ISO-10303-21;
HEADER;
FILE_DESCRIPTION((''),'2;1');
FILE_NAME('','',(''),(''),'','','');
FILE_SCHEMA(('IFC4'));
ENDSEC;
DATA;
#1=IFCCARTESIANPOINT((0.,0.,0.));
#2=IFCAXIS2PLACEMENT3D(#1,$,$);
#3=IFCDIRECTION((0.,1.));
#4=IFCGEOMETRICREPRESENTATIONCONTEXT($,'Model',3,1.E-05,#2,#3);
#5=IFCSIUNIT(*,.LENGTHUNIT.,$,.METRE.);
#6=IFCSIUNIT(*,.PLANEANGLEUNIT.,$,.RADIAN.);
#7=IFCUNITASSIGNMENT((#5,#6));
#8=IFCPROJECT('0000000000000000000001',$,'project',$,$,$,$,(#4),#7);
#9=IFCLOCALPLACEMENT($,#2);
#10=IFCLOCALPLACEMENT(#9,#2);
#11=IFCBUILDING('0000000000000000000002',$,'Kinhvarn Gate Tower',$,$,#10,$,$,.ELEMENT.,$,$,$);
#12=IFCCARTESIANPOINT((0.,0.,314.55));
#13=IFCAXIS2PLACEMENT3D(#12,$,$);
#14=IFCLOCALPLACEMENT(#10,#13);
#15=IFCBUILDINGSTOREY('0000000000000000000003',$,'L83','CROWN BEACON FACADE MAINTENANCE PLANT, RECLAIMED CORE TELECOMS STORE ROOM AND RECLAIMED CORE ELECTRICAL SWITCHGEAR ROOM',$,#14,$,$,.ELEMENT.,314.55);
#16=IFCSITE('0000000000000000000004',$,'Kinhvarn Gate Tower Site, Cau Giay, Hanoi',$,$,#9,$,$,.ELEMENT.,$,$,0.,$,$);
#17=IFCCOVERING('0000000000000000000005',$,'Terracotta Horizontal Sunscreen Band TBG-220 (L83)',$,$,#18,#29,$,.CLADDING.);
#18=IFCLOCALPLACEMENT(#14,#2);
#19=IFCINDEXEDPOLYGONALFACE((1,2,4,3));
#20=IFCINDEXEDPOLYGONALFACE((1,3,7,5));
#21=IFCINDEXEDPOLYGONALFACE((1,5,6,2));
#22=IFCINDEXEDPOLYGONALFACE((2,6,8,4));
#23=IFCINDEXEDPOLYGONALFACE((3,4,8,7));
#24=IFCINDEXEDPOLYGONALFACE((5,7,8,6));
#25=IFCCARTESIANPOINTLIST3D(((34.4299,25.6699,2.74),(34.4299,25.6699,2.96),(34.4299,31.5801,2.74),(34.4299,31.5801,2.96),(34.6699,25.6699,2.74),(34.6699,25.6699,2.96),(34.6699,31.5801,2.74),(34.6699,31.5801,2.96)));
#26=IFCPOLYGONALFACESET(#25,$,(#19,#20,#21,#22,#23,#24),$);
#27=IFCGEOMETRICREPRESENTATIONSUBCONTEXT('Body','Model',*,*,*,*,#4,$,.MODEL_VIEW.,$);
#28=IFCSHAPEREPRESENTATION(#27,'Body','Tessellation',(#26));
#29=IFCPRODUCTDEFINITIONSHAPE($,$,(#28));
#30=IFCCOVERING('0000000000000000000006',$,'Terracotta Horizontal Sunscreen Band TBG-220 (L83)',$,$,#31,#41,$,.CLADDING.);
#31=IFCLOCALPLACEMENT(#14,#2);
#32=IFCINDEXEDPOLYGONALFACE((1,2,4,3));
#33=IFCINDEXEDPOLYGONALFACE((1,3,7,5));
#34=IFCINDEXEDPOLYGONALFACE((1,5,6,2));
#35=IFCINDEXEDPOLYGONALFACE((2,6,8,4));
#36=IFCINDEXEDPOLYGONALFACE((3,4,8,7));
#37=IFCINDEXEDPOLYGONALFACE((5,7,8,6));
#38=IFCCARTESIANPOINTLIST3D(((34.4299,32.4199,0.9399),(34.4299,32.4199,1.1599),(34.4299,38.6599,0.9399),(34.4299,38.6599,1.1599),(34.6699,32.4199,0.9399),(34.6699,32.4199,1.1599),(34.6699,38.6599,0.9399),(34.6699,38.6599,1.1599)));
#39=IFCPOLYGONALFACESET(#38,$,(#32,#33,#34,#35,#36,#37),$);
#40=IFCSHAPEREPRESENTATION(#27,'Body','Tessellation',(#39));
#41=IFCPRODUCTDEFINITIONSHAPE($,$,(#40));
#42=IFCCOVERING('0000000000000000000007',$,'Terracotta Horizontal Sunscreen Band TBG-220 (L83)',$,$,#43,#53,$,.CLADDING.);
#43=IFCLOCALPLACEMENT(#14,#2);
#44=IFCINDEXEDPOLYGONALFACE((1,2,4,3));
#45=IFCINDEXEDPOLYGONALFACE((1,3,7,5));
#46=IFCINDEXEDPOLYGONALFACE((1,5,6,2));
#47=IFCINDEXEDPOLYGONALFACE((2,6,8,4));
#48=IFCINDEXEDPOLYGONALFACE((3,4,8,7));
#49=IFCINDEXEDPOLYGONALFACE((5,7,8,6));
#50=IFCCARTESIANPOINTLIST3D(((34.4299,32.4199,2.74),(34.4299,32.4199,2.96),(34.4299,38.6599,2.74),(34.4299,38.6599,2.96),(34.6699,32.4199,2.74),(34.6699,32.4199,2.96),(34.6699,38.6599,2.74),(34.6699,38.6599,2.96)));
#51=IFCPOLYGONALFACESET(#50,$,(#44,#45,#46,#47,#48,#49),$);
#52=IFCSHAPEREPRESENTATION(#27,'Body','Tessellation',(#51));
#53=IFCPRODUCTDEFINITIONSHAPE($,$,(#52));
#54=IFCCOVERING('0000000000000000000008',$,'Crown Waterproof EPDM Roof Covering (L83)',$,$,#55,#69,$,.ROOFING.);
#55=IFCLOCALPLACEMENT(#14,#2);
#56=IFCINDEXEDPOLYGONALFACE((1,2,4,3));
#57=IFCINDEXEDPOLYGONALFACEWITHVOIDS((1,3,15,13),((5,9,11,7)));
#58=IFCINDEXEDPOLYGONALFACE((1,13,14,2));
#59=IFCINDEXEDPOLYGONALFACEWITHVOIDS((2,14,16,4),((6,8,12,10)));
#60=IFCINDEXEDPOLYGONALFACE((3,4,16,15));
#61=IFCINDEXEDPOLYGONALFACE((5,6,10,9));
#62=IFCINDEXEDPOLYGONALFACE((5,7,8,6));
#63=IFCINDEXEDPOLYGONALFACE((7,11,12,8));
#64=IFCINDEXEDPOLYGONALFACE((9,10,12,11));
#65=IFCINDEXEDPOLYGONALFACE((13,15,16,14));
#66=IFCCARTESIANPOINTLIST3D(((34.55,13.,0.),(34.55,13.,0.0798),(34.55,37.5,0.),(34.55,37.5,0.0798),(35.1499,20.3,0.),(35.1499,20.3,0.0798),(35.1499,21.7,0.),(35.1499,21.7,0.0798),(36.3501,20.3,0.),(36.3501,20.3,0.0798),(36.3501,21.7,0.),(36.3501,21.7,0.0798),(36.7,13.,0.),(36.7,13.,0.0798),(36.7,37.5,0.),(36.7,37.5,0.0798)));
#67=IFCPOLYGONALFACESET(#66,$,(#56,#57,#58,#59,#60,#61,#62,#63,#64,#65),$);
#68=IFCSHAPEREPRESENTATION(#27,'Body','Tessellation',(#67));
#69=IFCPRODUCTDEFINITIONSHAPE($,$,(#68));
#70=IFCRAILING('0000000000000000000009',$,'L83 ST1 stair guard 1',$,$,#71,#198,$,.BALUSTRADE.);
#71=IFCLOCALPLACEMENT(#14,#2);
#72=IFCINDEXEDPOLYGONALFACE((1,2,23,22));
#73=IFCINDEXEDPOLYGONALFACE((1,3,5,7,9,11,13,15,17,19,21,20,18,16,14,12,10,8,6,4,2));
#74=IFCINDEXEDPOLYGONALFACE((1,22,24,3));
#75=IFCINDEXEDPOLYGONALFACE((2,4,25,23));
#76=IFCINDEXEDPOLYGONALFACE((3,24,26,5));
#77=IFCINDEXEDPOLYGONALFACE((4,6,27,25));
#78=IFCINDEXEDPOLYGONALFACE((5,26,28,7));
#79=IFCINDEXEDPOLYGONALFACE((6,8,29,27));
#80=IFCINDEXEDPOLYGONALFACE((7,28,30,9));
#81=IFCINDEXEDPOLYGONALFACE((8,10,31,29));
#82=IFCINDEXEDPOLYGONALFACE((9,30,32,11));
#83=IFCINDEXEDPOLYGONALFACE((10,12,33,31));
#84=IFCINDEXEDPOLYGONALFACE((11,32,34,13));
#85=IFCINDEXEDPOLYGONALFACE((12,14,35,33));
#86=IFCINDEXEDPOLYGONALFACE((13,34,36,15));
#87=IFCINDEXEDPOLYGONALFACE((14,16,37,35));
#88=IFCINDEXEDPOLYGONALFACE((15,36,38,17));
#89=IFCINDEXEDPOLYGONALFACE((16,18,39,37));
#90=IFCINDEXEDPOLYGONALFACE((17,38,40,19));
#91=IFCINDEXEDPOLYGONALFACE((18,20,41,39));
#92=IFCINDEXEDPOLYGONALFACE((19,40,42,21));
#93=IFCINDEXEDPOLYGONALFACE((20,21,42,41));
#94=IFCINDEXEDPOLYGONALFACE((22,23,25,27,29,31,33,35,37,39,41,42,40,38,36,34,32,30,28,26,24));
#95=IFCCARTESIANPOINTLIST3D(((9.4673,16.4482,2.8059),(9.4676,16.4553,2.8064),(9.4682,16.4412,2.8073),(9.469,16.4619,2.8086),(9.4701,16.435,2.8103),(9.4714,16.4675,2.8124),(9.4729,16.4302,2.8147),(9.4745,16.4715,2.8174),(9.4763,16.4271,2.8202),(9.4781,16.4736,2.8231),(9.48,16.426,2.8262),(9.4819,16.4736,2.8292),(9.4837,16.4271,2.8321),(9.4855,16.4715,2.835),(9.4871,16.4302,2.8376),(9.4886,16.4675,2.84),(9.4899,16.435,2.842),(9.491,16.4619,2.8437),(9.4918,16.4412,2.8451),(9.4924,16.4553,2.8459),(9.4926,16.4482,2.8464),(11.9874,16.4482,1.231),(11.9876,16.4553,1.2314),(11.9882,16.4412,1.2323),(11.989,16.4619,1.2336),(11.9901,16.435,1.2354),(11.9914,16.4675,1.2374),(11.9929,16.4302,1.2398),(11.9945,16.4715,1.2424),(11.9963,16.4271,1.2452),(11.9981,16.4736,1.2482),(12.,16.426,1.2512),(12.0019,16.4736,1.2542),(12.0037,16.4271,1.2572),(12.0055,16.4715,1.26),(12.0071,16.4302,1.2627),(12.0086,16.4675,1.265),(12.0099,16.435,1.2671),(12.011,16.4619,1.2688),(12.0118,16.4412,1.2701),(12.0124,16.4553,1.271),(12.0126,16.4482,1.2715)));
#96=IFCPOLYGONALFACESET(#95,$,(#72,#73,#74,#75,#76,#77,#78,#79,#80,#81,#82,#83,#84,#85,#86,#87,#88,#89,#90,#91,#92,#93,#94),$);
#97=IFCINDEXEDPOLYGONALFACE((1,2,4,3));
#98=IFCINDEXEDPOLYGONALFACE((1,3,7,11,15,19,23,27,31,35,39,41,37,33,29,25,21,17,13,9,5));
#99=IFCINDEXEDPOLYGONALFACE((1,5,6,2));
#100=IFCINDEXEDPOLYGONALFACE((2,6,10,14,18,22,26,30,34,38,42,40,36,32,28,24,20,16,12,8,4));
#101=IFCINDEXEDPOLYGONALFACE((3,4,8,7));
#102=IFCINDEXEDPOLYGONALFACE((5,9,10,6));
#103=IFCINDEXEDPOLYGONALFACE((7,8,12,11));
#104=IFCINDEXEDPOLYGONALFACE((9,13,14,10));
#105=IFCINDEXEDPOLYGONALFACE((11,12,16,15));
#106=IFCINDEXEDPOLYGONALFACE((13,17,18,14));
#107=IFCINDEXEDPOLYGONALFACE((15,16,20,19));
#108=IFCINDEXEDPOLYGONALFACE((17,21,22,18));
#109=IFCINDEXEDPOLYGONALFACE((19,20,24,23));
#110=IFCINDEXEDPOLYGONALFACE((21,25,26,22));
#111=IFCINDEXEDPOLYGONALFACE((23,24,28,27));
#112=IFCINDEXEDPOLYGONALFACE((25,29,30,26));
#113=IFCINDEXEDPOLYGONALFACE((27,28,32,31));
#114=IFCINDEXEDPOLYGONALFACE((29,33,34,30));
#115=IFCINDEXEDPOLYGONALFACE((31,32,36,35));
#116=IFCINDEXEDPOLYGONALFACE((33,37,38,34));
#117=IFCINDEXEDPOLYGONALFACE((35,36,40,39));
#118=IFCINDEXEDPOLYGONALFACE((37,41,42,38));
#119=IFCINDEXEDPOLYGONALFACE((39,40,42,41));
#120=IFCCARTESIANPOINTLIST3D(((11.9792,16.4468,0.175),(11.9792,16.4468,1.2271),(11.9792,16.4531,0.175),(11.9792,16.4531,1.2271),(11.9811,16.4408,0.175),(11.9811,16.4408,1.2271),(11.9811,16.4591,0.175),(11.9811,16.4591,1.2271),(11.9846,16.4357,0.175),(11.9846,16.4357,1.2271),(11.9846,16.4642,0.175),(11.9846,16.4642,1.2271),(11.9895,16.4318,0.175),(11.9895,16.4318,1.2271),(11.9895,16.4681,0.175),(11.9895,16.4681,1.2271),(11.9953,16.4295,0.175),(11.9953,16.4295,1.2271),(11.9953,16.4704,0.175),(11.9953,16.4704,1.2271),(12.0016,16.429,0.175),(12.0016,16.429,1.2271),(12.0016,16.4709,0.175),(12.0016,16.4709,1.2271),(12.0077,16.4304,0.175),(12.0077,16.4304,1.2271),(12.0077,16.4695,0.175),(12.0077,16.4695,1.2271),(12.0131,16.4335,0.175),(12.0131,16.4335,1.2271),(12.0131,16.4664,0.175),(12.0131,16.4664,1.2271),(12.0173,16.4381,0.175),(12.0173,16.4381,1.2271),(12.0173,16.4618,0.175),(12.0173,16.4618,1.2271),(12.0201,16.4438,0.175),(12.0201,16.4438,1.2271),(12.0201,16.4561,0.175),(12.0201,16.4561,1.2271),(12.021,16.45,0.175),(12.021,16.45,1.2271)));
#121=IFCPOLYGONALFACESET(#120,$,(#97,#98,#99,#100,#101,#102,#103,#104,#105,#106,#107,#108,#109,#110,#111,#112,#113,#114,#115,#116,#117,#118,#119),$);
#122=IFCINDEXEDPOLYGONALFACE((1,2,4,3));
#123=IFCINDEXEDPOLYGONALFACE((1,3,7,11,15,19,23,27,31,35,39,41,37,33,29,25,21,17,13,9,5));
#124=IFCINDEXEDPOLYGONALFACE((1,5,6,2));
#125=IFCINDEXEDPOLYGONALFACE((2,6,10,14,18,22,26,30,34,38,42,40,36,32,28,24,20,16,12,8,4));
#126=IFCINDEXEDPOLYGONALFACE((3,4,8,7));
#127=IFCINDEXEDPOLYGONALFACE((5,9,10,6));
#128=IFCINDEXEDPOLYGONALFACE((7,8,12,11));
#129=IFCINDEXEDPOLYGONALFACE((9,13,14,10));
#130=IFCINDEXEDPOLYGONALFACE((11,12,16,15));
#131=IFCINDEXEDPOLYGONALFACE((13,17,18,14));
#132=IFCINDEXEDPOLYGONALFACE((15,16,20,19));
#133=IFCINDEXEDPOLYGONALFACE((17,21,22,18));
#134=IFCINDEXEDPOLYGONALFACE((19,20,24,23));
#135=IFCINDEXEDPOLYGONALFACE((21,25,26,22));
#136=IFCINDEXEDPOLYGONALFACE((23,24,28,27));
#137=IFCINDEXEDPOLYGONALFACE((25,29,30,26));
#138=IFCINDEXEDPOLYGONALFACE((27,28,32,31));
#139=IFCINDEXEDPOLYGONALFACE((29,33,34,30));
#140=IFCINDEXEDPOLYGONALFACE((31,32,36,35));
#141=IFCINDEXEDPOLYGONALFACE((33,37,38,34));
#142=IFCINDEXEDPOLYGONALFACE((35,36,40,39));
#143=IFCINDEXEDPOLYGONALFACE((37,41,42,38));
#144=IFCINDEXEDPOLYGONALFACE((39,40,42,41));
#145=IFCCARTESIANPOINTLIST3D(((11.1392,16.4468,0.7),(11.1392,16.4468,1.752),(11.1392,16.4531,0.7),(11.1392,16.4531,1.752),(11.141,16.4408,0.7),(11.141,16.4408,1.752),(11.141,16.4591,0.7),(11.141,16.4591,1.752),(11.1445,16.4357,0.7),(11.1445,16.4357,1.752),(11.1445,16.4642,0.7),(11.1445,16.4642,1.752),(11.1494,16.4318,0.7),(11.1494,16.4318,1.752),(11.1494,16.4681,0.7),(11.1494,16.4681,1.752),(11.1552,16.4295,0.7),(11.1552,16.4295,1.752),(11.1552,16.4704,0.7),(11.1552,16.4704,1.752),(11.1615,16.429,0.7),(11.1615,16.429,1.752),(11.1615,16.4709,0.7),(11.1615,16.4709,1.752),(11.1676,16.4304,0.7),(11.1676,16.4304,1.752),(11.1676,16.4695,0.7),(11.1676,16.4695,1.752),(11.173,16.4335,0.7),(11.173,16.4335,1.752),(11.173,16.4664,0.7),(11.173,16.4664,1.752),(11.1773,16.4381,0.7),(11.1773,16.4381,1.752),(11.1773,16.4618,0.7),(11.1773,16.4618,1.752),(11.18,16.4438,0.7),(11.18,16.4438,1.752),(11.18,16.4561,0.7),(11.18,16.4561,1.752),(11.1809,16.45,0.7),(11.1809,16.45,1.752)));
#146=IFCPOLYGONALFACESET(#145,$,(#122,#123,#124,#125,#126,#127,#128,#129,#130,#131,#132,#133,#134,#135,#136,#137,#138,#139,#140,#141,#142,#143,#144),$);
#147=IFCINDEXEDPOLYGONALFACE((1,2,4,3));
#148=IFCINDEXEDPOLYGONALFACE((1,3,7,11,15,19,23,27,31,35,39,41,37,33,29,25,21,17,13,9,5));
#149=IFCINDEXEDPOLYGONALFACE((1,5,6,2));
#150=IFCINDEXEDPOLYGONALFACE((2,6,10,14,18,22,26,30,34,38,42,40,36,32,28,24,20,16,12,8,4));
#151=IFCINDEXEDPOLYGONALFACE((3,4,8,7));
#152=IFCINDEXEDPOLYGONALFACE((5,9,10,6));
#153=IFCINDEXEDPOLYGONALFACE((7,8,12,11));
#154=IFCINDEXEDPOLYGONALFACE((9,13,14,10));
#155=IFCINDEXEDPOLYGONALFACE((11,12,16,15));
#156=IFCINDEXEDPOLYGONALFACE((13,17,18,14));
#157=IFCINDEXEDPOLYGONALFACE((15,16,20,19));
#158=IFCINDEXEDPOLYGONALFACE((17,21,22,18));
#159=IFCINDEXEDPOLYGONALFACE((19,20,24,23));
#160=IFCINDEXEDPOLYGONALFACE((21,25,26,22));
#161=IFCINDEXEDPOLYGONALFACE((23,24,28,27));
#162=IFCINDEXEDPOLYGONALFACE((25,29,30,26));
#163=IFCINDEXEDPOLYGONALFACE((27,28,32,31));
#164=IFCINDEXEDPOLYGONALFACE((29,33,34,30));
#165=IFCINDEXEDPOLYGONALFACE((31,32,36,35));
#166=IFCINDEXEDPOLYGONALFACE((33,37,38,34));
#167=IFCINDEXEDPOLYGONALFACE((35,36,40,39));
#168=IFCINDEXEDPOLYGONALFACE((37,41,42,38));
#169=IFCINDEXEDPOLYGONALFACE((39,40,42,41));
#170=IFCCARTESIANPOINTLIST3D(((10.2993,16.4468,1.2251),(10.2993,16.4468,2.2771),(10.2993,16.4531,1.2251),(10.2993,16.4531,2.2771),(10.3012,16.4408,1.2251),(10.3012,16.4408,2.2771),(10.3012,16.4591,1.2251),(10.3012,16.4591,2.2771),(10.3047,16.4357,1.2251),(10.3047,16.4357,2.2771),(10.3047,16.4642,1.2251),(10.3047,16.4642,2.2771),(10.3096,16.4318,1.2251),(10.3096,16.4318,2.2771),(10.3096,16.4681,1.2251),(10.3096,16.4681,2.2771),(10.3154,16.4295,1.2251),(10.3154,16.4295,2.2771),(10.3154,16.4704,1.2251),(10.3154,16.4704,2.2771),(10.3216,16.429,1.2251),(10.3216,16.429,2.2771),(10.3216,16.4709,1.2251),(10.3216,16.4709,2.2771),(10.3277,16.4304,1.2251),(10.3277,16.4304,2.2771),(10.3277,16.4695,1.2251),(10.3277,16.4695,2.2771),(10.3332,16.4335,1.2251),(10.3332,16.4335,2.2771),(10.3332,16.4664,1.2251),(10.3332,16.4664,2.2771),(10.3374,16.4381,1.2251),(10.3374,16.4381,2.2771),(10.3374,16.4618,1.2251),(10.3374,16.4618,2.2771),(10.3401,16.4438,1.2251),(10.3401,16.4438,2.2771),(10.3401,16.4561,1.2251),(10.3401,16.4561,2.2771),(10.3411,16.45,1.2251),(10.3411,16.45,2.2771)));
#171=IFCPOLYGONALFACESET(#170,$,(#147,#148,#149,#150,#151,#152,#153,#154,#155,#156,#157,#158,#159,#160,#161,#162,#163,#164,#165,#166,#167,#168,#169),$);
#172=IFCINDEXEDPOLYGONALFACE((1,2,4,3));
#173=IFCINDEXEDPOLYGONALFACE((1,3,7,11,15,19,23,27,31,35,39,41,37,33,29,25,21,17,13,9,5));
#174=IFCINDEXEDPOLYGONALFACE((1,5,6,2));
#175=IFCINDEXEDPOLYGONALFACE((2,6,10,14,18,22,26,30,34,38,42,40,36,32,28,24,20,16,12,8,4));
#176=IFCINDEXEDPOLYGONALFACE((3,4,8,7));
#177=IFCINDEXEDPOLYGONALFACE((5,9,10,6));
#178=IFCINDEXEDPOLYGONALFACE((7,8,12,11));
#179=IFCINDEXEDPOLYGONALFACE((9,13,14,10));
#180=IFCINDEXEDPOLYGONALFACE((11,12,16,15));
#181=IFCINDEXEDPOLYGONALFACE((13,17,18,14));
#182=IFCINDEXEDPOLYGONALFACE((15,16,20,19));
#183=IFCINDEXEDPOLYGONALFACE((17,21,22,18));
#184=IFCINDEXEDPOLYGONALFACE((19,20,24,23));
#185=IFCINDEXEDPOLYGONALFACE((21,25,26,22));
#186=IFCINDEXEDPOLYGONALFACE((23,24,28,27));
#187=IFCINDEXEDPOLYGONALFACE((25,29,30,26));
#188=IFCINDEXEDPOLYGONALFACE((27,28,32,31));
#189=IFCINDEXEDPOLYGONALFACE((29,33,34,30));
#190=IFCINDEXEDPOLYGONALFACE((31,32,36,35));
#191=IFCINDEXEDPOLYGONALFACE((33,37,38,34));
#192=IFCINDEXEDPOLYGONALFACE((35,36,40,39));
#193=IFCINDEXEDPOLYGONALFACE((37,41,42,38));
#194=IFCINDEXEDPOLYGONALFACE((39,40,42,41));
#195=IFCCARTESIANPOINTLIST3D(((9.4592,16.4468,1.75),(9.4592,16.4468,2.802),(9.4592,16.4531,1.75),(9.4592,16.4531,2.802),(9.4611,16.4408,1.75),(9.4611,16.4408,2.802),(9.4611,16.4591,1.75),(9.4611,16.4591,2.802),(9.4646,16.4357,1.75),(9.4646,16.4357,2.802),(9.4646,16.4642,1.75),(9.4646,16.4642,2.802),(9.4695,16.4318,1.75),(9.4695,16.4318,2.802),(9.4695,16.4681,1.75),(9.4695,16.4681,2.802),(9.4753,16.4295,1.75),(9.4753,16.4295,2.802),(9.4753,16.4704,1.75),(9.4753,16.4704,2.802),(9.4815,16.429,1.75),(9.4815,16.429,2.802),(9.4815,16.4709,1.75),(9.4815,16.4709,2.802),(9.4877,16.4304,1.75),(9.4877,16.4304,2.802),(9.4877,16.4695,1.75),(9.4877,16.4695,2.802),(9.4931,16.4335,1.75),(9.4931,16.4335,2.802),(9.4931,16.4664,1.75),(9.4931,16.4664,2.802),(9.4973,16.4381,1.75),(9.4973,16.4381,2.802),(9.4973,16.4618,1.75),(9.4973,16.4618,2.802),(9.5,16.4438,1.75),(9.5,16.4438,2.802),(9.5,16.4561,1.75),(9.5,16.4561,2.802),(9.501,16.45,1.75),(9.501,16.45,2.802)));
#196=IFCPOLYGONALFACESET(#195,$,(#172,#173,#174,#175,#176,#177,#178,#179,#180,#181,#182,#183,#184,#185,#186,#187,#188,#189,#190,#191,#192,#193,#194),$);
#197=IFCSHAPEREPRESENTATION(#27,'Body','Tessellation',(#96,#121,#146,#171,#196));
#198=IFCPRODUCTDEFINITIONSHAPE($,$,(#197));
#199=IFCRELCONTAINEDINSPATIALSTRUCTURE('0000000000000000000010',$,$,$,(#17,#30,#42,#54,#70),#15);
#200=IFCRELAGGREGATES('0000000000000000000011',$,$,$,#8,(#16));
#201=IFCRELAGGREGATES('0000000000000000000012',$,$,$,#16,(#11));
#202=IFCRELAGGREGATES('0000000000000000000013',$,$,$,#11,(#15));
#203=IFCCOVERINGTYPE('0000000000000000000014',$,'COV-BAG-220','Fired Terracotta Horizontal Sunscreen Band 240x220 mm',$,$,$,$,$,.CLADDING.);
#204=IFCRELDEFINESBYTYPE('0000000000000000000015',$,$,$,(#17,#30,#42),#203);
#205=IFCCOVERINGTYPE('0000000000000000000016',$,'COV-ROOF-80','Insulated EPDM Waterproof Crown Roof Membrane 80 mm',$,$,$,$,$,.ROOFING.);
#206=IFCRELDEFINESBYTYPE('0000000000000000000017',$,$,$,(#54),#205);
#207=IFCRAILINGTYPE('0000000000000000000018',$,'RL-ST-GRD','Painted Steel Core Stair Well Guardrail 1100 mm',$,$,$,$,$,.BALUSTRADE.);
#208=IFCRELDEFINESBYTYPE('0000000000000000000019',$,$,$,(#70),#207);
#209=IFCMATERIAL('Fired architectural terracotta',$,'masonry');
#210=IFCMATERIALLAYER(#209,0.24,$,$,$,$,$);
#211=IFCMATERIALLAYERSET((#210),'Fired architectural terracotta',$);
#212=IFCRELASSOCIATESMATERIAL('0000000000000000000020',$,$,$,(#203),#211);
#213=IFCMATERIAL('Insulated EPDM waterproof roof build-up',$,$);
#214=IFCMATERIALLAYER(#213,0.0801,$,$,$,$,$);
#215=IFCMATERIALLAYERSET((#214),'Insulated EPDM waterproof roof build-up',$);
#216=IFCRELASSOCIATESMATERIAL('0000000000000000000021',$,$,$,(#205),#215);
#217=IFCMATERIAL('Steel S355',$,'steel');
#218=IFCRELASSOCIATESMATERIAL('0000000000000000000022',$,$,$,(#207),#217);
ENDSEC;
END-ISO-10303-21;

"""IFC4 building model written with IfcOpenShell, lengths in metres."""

from ifc_helpers import new_model, si_unit, direction, frame, origin, origin_2d, place, context, subcontext, project, spatial, polyline, circle, outline, extrude, material, layer, layer_set, type_object, element, save


model = new_model("IFC4")

# Units and contexts
model_context = context("Model", 3, precision=1e-05, world=origin(), true_north=direction((0.0, 1.0)))
body_context = subcontext(model_context, "Body", "Model", "MODEL_VIEW")
ifc_project = project(units=[si_unit("LENGTHUNIT", "METRE"), si_unit("PLANEANGLEUNIT", "RADIAN")], contexts=[model_context])

# Site, building, storey
site_placement = place(None, origin())
site = spatial("IfcSite", under=ifc_project, at=site_placement, Name="Kinhvarn Gate Tower Site, Cau Giay, Hanoi", CompositionType="ELEMENT", RefElevation=0.0)
building_placement = place(site_placement, origin())
building = spatial("IfcBuilding", under=site, at=building_placement, Name="Kinhvarn Gate Tower", CompositionType="ELEMENT")
storey_placement = place(building_placement, frame((0.0, 0.0, 314.55)))
storey = spatial("IfcBuildingStorey", under=building, at=storey_placement, Name="L83", Description="CROWN BEACON FACADE MAINTENANCE PLANT, RECLAIMED CORE TELECOMS STORE ROOM AND RECLAIMED CORE ELECTRICAL SWITCHGEAR ROOM", CompositionType="ELEMENT", Elevation=314.55)

# Shared definitions
ifc_material_1 = material(Name="Fired architectural terracotta", Category="masonry")

# Coverings
ifc_layer_1 = layer(ifc_material_1, 0.24)
ifc_layer_set_1 = layer_set([ifc_layer_1], Name="Fired architectural terracotta")
covering_type_1 = type_object("IfcCoveringType", Name="COV-BAG-220", Description="Fired Terracotta Horizontal Sunscreen Band 240x220 mm", PredefinedType="CLADDING", material=ifc_layer_set_1)
for number, where, name in (
    (1, (0.0, 0.0, 2.74), "Terracotta Horizontal Sunscreen Band TBG-220 (L83)"),
):
    element("IfcCovering", number, at=place(storey_placement, frame(where)), inside=storey, type_object=covering_type_1, Name=name, PredefinedType="CLADDING", context=body_context, shape_type="SweptSolid", body=[
        extrude(outline(polyline([(34.4299, 25.6699), (34.4299, 31.5801), (34.6699, 31.5801), (34.6699, 25.6699), (34.4299, 25.6699)])), origin(), (0.0, 0.0, 1.0), 0.22),
    ])
for number, where, name in (
    (2, (0.0, 0.0, 0.9399), "Terracotta Horizontal Sunscreen Band TBG-220 (L83)"),
    (3, (0.0, 0.0, 2.74), "Terracotta Horizontal Sunscreen Band TBG-220 (L83)"),
):
    element("IfcCovering", number, at=place(storey_placement, frame(where)), inside=storey, type_object=covering_type_1, Name=name, PredefinedType="CLADDING", context=body_context, shape_type="SweptSolid", body=[
        extrude(outline(polyline([(34.4299, 32.4199), (34.4299, 38.6599), (34.6699, 38.6599), (34.6699, 32.4199), (34.4299, 32.4199)])), origin(), (0.0, 0.0, 1.0), 0.22),
    ])
ifc_material_2 = material(Name="Insulated EPDM waterproof roof build-up")
ifc_layer_2 = layer(ifc_material_2, 0.0801)
ifc_layer_set_2 = layer_set([ifc_layer_2], Name="Insulated EPDM waterproof roof build-up")
covering_type_2 = type_object("IfcCoveringType", Name="COV-ROOF-80", Description="Insulated EPDM Waterproof Crown Roof Membrane 80 mm", PredefinedType="ROOFING", material=ifc_layer_set_2)
covering_placement = place(storey_placement, origin())
element("IfcCovering", 4, at=covering_placement, inside=storey, type_object=covering_type_2, Name="Crown Waterproof EPDM Roof Covering (L83)", PredefinedType="ROOFING", context=body_context, shape_type="SweptSolid", body=[
    extrude(outline(polyline([(34.55, 13.0), (34.55, 37.5), (36.7, 37.5), (36.7, 13.0), (34.55, 13.0)]), holes=[polyline([(36.3501, 21.7), (35.1499, 21.7), (35.1499, 20.3), (36.3501, 20.3), (36.3501, 21.7)])]), origin(), (0.0, 0.0, 1.0), 0.0798),
])

# Railing
ifc_material_3 = material(Name="Steel S355", Category="steel")
railing_type_1 = type_object("IfcRailingType", Name="RL-ST-GRD", Description="Painted Steel Core Stair Well Guardrail 1100 mm", PredefinedType="BALUSTRADE", material=ifc_material_3)
railing_1_placement = place(storey_placement, frame((12.0, 16.45, 0.175)))
element("IfcRailing", 5, at=railing_1_placement, inside=storey, type_object=railing_type_1, Name="L83 ST1 stair guard 1", PredefinedType="BALUSTRADE", context=body_context, shape_type="SweptSolid", body=[
    extrude(circle(Radius=0.0239, at=origin_2d()), frame((0.0, 0.0, 1.0762), z_axis=(-0.848008, 0.0, 0.529984), x_axis=(0.0, -1.0, 0.0)), (0.0, 0.0, 1.0), 2.9717),
    extrude(circle(Radius=0.021, at=origin_2d()), origin(), (0.0, 0.0, 1.0), 1.052),
    extrude(circle(Radius=0.021, at=origin_2d()), frame((-0.8401, 0.0, 0.5249)), (0.0, 0.0, 1.0), 1.052),
    extrude(circle(Radius=0.021, at=origin_2d()), frame((-1.6799, 0.0, 1.05)), (0.0, 0.0, 1.0), 1.052),
    extrude(circle(Radius=0.021, at=origin_2d()), frame((-2.52, 0.0, 1.575)), (0.0, 0.0, 1.0), 1.052),
])

save(model, "model.ifc")
